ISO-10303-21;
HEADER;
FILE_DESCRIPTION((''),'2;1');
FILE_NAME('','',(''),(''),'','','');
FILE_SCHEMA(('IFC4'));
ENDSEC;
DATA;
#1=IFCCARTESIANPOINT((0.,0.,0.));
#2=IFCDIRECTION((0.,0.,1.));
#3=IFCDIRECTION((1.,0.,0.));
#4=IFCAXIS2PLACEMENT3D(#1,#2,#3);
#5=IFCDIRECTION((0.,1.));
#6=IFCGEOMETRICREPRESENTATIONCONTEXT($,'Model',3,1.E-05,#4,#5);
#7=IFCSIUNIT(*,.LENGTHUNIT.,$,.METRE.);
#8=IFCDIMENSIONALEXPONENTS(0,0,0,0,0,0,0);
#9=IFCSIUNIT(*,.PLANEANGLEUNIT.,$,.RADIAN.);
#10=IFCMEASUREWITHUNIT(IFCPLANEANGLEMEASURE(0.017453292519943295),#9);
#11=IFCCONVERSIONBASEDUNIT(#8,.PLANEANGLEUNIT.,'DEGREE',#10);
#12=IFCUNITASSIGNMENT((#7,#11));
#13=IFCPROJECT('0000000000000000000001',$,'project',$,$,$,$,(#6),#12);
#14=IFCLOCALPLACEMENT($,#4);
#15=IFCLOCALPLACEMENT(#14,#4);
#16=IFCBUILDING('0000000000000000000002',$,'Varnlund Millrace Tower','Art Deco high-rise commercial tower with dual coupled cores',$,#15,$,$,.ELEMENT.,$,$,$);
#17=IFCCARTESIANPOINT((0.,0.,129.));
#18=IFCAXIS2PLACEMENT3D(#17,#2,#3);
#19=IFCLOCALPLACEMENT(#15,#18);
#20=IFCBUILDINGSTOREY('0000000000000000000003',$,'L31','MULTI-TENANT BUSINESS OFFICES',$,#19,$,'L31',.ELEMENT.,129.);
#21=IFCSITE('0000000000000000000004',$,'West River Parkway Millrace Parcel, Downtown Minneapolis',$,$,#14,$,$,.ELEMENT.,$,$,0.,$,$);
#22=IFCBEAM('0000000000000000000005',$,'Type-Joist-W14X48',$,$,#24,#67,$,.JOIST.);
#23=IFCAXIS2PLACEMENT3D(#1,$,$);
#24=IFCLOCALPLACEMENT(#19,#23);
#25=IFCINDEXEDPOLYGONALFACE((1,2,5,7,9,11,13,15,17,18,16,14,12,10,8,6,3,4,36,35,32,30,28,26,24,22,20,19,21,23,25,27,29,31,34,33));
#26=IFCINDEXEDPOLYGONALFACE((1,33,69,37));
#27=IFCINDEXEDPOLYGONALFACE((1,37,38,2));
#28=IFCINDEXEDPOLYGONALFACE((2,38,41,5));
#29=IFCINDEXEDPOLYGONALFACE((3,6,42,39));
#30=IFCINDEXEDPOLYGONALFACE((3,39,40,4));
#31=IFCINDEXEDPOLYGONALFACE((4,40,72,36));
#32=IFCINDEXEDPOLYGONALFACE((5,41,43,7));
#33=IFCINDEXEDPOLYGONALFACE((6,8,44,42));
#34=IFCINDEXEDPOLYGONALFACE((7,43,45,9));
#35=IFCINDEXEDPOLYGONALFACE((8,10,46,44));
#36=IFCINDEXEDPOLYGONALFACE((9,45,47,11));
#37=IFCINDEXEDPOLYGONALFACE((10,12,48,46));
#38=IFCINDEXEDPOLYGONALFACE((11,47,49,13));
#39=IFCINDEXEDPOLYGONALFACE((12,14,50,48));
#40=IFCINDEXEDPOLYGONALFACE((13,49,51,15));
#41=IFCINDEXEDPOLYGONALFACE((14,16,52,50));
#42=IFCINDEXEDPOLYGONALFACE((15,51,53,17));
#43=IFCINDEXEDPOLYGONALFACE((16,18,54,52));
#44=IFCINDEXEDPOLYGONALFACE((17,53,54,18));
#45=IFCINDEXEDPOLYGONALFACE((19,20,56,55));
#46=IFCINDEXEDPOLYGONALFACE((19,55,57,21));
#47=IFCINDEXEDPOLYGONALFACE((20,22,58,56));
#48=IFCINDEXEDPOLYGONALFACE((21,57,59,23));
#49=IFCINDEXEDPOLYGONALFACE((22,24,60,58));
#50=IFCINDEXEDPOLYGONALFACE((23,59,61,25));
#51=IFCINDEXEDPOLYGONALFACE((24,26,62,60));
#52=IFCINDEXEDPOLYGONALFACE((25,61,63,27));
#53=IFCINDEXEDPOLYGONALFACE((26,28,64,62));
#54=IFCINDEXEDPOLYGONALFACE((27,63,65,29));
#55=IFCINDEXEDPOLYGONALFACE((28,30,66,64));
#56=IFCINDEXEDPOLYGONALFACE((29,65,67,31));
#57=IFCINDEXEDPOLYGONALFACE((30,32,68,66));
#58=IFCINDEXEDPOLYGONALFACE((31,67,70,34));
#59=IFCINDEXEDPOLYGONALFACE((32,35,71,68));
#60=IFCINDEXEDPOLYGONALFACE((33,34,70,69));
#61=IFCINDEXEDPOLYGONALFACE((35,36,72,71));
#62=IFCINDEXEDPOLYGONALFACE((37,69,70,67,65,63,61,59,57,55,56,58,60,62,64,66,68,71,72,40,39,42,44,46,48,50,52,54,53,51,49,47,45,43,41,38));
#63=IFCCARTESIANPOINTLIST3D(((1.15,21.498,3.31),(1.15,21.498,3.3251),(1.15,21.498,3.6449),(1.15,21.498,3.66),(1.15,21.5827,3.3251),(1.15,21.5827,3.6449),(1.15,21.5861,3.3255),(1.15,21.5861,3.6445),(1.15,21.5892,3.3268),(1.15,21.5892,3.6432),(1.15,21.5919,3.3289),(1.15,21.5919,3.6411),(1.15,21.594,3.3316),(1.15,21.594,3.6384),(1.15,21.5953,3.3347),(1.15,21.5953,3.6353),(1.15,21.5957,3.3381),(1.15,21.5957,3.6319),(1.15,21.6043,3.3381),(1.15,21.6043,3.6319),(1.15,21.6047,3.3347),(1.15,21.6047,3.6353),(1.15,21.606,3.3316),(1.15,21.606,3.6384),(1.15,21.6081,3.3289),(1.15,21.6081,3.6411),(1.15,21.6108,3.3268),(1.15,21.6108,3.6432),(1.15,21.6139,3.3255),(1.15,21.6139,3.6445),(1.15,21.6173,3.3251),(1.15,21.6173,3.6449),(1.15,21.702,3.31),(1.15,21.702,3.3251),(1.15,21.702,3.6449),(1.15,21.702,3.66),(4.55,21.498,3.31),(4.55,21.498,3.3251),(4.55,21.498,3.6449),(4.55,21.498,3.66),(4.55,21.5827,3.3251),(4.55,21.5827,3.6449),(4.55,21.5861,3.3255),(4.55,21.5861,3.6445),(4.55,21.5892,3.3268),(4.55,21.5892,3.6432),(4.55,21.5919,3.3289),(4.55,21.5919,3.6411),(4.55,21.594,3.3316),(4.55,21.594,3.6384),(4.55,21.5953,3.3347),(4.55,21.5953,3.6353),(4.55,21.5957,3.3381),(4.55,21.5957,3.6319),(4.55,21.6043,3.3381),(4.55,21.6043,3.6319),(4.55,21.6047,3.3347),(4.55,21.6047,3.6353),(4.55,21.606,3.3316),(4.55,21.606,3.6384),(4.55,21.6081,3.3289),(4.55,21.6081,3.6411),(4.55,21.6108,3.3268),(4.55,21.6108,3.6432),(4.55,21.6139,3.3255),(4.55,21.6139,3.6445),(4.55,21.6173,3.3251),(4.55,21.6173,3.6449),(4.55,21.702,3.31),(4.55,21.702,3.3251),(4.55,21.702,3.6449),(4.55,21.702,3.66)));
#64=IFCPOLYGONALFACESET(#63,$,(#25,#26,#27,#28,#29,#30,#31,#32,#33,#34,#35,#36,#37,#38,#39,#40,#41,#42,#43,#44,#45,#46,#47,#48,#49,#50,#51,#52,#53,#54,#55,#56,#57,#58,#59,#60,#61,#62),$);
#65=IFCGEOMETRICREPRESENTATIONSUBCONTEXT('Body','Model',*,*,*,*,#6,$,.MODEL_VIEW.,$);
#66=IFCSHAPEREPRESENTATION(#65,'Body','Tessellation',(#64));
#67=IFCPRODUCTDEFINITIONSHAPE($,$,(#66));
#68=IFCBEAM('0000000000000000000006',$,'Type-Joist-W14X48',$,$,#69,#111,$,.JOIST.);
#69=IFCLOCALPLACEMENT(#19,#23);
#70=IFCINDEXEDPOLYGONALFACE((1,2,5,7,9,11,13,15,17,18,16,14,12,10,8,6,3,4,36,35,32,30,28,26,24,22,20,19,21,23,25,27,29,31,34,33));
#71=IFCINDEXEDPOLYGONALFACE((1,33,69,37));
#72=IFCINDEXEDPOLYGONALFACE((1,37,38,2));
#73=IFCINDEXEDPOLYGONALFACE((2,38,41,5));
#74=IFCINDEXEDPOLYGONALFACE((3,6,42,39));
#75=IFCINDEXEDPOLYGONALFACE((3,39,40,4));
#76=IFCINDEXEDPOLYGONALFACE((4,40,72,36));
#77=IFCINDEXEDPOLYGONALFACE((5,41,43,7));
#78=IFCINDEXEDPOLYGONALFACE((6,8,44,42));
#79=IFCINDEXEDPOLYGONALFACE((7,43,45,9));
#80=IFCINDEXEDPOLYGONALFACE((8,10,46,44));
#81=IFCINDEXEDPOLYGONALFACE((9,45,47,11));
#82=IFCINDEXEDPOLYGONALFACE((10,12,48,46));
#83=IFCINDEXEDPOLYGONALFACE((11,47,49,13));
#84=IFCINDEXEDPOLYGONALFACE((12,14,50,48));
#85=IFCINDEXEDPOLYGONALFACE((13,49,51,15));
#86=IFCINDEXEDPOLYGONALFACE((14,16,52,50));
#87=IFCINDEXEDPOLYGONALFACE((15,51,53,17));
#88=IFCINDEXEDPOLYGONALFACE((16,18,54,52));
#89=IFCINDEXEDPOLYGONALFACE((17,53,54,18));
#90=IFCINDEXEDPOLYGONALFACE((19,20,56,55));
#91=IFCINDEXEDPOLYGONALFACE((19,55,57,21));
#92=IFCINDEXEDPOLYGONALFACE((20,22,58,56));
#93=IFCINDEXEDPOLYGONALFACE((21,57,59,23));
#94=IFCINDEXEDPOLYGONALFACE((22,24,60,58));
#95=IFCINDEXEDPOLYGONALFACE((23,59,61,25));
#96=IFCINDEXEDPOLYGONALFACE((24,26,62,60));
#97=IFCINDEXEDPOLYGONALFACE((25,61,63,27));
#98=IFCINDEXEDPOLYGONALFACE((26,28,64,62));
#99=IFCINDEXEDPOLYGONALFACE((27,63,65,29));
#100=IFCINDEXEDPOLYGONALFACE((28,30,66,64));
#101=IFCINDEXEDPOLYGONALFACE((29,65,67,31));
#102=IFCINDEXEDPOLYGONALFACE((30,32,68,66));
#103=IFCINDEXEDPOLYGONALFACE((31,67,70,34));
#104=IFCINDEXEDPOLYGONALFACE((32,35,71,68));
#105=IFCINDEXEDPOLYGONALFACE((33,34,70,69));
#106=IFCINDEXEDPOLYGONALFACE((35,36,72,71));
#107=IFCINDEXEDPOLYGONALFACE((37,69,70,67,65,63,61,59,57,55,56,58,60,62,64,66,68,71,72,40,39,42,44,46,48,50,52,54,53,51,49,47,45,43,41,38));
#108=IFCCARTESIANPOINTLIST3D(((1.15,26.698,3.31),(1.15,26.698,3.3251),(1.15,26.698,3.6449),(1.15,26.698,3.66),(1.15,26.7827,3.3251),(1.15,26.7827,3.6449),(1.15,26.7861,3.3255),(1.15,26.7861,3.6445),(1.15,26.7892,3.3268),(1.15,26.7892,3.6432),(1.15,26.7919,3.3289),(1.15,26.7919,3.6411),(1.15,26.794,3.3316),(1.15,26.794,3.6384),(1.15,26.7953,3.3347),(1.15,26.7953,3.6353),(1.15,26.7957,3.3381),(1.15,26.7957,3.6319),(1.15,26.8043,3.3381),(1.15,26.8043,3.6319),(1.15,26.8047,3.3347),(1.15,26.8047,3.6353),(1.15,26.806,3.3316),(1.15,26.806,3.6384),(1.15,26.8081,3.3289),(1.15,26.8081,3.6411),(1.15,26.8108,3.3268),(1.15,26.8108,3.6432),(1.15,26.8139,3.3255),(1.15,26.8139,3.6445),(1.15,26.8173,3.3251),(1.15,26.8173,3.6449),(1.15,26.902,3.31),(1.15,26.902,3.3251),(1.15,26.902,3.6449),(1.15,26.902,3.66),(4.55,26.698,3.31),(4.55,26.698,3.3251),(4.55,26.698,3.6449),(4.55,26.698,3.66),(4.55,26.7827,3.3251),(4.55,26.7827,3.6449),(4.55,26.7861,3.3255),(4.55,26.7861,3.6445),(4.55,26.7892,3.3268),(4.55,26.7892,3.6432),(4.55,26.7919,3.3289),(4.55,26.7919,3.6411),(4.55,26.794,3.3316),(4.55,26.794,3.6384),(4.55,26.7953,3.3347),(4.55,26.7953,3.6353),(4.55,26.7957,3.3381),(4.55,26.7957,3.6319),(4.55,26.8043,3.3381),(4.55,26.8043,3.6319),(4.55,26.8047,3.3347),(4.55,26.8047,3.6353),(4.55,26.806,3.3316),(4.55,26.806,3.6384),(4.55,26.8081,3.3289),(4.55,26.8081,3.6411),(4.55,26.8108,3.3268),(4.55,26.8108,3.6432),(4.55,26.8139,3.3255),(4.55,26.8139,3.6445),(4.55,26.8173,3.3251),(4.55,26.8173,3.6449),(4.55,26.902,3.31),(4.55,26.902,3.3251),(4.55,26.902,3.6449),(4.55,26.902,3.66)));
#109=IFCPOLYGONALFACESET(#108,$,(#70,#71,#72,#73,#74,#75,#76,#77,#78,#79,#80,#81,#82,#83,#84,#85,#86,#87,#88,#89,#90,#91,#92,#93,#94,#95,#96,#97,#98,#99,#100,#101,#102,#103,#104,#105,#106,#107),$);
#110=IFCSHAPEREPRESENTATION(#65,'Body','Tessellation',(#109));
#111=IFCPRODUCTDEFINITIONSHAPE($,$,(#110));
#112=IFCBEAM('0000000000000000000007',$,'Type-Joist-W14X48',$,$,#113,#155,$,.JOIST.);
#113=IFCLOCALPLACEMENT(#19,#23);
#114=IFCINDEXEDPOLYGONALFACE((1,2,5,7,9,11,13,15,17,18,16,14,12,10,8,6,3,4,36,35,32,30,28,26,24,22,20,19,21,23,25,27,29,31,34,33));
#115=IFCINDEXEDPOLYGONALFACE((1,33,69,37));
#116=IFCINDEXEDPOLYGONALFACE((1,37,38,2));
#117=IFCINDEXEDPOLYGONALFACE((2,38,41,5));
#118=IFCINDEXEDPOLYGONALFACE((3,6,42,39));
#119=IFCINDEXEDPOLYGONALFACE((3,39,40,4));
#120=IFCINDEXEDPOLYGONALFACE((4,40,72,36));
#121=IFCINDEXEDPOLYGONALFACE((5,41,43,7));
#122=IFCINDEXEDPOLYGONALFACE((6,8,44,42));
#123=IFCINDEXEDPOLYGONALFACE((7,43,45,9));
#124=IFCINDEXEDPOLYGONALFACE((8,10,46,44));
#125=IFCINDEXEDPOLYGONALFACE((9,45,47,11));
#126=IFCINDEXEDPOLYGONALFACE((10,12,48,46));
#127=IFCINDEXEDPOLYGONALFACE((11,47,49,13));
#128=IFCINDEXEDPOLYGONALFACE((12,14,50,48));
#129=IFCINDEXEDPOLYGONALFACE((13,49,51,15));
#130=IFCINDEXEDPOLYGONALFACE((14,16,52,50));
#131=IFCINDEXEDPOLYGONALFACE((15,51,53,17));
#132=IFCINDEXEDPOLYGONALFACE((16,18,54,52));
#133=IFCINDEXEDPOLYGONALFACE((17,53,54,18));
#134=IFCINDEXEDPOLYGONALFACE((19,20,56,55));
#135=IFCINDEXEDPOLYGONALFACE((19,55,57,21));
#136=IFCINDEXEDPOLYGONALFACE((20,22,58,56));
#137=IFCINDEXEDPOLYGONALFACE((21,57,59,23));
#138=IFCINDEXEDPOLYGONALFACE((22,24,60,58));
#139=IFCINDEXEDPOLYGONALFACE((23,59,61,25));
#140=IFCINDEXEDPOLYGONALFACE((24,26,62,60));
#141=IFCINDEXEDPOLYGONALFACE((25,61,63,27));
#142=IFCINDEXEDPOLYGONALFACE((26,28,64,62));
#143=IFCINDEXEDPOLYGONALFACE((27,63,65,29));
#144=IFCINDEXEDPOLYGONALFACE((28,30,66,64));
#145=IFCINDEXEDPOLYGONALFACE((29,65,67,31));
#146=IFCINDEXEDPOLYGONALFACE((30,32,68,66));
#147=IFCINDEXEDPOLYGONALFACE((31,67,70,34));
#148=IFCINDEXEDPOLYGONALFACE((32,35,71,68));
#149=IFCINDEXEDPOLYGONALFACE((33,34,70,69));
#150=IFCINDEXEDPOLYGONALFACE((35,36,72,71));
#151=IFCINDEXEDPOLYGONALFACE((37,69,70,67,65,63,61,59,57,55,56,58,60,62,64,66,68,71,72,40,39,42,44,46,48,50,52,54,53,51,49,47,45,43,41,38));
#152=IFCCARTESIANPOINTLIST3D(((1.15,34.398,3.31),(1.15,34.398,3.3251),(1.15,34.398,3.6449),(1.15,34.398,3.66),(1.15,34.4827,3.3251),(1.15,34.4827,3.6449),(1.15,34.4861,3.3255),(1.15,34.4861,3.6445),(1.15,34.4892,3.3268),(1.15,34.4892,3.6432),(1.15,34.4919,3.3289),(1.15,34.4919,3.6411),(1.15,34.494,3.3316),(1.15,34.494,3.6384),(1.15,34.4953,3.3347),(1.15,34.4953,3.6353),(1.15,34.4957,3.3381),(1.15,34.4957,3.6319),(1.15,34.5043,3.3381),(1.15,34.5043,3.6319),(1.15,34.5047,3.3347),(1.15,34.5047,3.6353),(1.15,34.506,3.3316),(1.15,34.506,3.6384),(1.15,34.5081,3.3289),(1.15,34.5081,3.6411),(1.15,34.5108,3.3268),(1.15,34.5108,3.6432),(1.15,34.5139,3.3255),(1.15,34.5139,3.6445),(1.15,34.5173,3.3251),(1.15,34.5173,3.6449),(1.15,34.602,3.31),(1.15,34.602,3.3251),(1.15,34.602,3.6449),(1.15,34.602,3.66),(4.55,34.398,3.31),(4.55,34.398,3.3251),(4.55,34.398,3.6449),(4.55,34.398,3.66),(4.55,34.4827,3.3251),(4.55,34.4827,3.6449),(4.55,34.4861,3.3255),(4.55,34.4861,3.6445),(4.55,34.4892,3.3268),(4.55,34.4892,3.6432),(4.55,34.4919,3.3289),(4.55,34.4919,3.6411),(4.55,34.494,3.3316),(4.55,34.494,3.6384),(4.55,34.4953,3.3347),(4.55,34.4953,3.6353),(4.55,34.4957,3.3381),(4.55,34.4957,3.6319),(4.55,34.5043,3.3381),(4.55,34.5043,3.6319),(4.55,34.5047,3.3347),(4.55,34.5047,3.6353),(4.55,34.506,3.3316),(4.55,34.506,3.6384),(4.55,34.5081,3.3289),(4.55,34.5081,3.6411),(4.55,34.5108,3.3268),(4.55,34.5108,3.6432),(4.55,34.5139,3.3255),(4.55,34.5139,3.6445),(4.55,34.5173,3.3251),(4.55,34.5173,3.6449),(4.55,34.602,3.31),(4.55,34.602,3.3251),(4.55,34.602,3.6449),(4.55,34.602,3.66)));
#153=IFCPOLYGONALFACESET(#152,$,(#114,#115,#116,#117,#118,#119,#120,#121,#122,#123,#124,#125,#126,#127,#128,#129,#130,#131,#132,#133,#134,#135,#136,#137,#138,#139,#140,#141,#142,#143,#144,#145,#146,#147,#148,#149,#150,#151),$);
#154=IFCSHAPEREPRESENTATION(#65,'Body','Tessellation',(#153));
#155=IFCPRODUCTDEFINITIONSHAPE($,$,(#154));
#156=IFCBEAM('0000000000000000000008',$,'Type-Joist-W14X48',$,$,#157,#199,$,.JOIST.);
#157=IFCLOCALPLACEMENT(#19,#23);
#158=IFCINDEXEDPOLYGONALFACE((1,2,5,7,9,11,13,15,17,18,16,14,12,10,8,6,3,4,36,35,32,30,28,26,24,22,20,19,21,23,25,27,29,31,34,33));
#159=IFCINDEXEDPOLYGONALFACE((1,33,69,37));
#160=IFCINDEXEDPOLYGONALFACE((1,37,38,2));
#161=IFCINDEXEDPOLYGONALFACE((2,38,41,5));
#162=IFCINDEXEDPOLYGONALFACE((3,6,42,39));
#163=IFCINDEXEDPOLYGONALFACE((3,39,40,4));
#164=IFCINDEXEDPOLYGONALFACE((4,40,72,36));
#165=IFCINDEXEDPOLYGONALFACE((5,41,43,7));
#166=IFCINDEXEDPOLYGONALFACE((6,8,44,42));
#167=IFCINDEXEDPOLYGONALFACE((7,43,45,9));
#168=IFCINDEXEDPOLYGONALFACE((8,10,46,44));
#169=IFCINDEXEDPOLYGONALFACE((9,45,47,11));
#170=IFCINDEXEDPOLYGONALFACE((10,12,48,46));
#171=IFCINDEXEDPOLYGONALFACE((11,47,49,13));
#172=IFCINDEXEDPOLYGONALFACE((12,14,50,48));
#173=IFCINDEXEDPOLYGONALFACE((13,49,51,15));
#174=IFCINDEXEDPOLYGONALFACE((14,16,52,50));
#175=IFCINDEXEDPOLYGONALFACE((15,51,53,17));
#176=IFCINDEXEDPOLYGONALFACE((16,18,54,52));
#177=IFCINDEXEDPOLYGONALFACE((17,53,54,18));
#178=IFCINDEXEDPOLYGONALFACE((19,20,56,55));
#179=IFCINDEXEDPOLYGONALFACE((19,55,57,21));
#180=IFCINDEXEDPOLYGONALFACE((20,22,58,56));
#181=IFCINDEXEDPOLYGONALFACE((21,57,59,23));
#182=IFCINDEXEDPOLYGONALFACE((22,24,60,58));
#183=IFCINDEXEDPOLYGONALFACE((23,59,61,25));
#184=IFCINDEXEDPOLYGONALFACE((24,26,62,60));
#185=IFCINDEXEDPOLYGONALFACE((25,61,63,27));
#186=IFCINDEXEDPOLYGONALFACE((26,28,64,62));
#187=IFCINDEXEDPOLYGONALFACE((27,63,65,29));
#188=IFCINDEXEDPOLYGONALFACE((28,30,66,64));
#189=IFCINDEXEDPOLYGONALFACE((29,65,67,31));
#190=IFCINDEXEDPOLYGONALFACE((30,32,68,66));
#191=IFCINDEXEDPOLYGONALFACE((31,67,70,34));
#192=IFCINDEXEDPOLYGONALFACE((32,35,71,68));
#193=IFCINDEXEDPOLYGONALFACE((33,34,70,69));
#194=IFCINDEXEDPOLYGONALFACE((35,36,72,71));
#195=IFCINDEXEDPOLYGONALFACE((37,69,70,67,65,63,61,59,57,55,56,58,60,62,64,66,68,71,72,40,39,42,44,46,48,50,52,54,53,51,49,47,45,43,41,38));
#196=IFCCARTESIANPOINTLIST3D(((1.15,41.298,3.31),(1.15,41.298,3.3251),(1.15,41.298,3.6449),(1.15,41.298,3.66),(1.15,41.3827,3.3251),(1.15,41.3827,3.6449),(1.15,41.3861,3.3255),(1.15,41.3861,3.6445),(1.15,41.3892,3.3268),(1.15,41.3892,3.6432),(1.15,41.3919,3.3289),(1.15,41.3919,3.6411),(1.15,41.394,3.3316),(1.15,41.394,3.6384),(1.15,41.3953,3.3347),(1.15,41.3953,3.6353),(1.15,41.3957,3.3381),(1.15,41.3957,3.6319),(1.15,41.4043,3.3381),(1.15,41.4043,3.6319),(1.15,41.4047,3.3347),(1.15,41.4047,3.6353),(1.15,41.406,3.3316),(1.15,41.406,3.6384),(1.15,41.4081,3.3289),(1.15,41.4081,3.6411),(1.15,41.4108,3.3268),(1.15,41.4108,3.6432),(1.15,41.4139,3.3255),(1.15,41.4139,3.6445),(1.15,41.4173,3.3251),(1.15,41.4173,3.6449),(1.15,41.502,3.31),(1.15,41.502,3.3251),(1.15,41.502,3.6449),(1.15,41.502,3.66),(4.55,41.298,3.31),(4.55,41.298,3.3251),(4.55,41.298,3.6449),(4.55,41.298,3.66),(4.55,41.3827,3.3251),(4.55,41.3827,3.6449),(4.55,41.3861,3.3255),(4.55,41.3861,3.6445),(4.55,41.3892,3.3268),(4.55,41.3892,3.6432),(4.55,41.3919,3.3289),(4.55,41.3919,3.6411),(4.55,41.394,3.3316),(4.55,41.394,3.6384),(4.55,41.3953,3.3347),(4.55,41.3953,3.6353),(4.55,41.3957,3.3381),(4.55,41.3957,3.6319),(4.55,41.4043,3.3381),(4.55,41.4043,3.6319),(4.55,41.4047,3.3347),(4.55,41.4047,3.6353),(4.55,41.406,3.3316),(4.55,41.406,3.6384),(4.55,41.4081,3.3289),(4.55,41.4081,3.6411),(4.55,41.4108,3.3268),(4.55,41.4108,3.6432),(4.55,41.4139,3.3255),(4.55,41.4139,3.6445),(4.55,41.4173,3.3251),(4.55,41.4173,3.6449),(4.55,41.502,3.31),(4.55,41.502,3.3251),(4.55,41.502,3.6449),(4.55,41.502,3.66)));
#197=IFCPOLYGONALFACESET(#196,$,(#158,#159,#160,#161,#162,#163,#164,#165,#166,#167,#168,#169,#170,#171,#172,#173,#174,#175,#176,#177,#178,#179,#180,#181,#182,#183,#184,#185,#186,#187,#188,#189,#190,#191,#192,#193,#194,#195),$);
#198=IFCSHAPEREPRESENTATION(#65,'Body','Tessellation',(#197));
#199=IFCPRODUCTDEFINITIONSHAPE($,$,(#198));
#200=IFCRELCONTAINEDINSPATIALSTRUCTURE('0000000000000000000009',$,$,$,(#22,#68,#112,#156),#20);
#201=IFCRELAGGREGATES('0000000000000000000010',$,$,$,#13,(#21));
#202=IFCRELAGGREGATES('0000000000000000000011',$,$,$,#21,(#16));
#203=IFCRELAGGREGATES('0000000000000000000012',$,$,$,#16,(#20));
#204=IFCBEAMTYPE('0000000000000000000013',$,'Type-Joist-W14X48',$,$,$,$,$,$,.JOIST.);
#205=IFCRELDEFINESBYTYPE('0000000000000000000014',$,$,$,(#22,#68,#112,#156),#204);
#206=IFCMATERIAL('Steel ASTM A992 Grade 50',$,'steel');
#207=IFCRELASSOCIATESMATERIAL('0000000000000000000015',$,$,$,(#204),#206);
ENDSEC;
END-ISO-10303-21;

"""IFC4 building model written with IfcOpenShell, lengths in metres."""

from ifc_helpers import new_model, entity, si_unit, converted_unit, direction, frame, origin_with_axes, origin_2d_with_axis, place, context, subcontext, project, spatial, i_section, extrude, material, material_profile, profile_set, type_object, element, save


model = new_model("IFC4")

# Units and contexts
model_context = context("Model", 3, precision=1e-05, world=origin_with_axes(), true_north=direction((0.0, 1.0)))
body_context = subcontext(model_context, "Body", "Model", "MODEL_VIEW")
ifc_project = project(units=[si_unit("LENGTHUNIT", "METRE"), converted_unit("PLANEANGLEUNIT", "DEGREE", entity("IfcPlaneAngleMeasure", 0.017453292519943295), si_unit("PLANEANGLEUNIT", "RADIAN"), dimensions=[0, 0, 0, 0, 0, 0, 0])], contexts=[model_context])

# Site, building, storey
site_placement = place(None, origin_with_axes())
site = spatial("IfcSite", under=ifc_project, at=site_placement, Name="West River Parkway Millrace Parcel, Downtown Minneapolis", CompositionType="ELEMENT", RefElevation=0.0)
building_placement = place(site_placement, origin_with_axes())
building = spatial("IfcBuilding", under=site, at=building_placement, Name="Varnlund Millrace Tower", Description="Art Deco high-rise commercial tower with dual coupled cores", CompositionType="ELEMENT")
storey_placement = place(building_placement, frame((0.0, 0.0, 129.0), z_axis=(0.0, 0.0, 1.0), x_axis=(1.0, 0.0, 0.0)))
storey = spatial("IfcBuildingStorey", under=building, at=storey_placement, Name="L31", Description="MULTI-TENANT BUSINESS OFFICES", LongName="L31", CompositionType="ELEMENT", Elevation=129.0)

# Beams
ifc_material_1 = material(Name="Steel ASTM A992 Grade 50", Category="steel")
ifc_material_profile_1 = material_profile(ifc_material_1, i_section(OverallWidth=0.204, OverallDepth=0.35, WebThickness=0.0086, FlangeThickness=0.0151, FilletRadius=0.013, at=origin_2d_with_axis()), Name="Steel ASTM A992 Grade 50")
ifc_profile_set_1 = profile_set([ifc_material_profile_1], Name="Steel ASTM A992 Grade 50")
beam_type_1 = type_object("IfcBeamType", Name="Type-Joist-W14X48", PredefinedType="JOIST", material=ifc_profile_set_1)
for number, where, z_axis, x_axis, name in (
    (1, (1.15, 21.6, 3.485), (1.0, 0.0, 0.0), (0.0, 1.0, 0.0), "Type-Joist-W14X48"),
    (2, (1.15, 26.8, 3.485), (1.0, 0.0, 0.0), (0.0, 1.0, 0.0), "Type-Joist-W14X48"),
    (3, (1.15, 34.5, 3.485), (1.0, 0.0, 0.0), (0.0, 1.0, 0.0), "Type-Joist-W14X48"),
    (4, (1.15, 41.4, 3.485), (1.0, 0.0, 0.0), (0.0, 1.0, 0.0), "Type-Joist-W14X48"),
):
    element("IfcBeam", number, at=place(storey_placement, frame(where, z_axis=z_axis, x_axis=x_axis)), inside=storey, type_object=beam_type_1, Name=name, PredefinedType="JOIST", context=body_context, shape_type="SweptSolid", body=[
        extrude(i_section(OverallWidth=0.204, OverallDepth=0.35, WebThickness=0.0086, FlangeThickness=0.0151, FilletRadius=0.013, at=origin_2d_with_axis()), origin_with_axes(), (0.0, 0.0, 1.0), 3.4),
    ])

save(model, "model.ifc")
